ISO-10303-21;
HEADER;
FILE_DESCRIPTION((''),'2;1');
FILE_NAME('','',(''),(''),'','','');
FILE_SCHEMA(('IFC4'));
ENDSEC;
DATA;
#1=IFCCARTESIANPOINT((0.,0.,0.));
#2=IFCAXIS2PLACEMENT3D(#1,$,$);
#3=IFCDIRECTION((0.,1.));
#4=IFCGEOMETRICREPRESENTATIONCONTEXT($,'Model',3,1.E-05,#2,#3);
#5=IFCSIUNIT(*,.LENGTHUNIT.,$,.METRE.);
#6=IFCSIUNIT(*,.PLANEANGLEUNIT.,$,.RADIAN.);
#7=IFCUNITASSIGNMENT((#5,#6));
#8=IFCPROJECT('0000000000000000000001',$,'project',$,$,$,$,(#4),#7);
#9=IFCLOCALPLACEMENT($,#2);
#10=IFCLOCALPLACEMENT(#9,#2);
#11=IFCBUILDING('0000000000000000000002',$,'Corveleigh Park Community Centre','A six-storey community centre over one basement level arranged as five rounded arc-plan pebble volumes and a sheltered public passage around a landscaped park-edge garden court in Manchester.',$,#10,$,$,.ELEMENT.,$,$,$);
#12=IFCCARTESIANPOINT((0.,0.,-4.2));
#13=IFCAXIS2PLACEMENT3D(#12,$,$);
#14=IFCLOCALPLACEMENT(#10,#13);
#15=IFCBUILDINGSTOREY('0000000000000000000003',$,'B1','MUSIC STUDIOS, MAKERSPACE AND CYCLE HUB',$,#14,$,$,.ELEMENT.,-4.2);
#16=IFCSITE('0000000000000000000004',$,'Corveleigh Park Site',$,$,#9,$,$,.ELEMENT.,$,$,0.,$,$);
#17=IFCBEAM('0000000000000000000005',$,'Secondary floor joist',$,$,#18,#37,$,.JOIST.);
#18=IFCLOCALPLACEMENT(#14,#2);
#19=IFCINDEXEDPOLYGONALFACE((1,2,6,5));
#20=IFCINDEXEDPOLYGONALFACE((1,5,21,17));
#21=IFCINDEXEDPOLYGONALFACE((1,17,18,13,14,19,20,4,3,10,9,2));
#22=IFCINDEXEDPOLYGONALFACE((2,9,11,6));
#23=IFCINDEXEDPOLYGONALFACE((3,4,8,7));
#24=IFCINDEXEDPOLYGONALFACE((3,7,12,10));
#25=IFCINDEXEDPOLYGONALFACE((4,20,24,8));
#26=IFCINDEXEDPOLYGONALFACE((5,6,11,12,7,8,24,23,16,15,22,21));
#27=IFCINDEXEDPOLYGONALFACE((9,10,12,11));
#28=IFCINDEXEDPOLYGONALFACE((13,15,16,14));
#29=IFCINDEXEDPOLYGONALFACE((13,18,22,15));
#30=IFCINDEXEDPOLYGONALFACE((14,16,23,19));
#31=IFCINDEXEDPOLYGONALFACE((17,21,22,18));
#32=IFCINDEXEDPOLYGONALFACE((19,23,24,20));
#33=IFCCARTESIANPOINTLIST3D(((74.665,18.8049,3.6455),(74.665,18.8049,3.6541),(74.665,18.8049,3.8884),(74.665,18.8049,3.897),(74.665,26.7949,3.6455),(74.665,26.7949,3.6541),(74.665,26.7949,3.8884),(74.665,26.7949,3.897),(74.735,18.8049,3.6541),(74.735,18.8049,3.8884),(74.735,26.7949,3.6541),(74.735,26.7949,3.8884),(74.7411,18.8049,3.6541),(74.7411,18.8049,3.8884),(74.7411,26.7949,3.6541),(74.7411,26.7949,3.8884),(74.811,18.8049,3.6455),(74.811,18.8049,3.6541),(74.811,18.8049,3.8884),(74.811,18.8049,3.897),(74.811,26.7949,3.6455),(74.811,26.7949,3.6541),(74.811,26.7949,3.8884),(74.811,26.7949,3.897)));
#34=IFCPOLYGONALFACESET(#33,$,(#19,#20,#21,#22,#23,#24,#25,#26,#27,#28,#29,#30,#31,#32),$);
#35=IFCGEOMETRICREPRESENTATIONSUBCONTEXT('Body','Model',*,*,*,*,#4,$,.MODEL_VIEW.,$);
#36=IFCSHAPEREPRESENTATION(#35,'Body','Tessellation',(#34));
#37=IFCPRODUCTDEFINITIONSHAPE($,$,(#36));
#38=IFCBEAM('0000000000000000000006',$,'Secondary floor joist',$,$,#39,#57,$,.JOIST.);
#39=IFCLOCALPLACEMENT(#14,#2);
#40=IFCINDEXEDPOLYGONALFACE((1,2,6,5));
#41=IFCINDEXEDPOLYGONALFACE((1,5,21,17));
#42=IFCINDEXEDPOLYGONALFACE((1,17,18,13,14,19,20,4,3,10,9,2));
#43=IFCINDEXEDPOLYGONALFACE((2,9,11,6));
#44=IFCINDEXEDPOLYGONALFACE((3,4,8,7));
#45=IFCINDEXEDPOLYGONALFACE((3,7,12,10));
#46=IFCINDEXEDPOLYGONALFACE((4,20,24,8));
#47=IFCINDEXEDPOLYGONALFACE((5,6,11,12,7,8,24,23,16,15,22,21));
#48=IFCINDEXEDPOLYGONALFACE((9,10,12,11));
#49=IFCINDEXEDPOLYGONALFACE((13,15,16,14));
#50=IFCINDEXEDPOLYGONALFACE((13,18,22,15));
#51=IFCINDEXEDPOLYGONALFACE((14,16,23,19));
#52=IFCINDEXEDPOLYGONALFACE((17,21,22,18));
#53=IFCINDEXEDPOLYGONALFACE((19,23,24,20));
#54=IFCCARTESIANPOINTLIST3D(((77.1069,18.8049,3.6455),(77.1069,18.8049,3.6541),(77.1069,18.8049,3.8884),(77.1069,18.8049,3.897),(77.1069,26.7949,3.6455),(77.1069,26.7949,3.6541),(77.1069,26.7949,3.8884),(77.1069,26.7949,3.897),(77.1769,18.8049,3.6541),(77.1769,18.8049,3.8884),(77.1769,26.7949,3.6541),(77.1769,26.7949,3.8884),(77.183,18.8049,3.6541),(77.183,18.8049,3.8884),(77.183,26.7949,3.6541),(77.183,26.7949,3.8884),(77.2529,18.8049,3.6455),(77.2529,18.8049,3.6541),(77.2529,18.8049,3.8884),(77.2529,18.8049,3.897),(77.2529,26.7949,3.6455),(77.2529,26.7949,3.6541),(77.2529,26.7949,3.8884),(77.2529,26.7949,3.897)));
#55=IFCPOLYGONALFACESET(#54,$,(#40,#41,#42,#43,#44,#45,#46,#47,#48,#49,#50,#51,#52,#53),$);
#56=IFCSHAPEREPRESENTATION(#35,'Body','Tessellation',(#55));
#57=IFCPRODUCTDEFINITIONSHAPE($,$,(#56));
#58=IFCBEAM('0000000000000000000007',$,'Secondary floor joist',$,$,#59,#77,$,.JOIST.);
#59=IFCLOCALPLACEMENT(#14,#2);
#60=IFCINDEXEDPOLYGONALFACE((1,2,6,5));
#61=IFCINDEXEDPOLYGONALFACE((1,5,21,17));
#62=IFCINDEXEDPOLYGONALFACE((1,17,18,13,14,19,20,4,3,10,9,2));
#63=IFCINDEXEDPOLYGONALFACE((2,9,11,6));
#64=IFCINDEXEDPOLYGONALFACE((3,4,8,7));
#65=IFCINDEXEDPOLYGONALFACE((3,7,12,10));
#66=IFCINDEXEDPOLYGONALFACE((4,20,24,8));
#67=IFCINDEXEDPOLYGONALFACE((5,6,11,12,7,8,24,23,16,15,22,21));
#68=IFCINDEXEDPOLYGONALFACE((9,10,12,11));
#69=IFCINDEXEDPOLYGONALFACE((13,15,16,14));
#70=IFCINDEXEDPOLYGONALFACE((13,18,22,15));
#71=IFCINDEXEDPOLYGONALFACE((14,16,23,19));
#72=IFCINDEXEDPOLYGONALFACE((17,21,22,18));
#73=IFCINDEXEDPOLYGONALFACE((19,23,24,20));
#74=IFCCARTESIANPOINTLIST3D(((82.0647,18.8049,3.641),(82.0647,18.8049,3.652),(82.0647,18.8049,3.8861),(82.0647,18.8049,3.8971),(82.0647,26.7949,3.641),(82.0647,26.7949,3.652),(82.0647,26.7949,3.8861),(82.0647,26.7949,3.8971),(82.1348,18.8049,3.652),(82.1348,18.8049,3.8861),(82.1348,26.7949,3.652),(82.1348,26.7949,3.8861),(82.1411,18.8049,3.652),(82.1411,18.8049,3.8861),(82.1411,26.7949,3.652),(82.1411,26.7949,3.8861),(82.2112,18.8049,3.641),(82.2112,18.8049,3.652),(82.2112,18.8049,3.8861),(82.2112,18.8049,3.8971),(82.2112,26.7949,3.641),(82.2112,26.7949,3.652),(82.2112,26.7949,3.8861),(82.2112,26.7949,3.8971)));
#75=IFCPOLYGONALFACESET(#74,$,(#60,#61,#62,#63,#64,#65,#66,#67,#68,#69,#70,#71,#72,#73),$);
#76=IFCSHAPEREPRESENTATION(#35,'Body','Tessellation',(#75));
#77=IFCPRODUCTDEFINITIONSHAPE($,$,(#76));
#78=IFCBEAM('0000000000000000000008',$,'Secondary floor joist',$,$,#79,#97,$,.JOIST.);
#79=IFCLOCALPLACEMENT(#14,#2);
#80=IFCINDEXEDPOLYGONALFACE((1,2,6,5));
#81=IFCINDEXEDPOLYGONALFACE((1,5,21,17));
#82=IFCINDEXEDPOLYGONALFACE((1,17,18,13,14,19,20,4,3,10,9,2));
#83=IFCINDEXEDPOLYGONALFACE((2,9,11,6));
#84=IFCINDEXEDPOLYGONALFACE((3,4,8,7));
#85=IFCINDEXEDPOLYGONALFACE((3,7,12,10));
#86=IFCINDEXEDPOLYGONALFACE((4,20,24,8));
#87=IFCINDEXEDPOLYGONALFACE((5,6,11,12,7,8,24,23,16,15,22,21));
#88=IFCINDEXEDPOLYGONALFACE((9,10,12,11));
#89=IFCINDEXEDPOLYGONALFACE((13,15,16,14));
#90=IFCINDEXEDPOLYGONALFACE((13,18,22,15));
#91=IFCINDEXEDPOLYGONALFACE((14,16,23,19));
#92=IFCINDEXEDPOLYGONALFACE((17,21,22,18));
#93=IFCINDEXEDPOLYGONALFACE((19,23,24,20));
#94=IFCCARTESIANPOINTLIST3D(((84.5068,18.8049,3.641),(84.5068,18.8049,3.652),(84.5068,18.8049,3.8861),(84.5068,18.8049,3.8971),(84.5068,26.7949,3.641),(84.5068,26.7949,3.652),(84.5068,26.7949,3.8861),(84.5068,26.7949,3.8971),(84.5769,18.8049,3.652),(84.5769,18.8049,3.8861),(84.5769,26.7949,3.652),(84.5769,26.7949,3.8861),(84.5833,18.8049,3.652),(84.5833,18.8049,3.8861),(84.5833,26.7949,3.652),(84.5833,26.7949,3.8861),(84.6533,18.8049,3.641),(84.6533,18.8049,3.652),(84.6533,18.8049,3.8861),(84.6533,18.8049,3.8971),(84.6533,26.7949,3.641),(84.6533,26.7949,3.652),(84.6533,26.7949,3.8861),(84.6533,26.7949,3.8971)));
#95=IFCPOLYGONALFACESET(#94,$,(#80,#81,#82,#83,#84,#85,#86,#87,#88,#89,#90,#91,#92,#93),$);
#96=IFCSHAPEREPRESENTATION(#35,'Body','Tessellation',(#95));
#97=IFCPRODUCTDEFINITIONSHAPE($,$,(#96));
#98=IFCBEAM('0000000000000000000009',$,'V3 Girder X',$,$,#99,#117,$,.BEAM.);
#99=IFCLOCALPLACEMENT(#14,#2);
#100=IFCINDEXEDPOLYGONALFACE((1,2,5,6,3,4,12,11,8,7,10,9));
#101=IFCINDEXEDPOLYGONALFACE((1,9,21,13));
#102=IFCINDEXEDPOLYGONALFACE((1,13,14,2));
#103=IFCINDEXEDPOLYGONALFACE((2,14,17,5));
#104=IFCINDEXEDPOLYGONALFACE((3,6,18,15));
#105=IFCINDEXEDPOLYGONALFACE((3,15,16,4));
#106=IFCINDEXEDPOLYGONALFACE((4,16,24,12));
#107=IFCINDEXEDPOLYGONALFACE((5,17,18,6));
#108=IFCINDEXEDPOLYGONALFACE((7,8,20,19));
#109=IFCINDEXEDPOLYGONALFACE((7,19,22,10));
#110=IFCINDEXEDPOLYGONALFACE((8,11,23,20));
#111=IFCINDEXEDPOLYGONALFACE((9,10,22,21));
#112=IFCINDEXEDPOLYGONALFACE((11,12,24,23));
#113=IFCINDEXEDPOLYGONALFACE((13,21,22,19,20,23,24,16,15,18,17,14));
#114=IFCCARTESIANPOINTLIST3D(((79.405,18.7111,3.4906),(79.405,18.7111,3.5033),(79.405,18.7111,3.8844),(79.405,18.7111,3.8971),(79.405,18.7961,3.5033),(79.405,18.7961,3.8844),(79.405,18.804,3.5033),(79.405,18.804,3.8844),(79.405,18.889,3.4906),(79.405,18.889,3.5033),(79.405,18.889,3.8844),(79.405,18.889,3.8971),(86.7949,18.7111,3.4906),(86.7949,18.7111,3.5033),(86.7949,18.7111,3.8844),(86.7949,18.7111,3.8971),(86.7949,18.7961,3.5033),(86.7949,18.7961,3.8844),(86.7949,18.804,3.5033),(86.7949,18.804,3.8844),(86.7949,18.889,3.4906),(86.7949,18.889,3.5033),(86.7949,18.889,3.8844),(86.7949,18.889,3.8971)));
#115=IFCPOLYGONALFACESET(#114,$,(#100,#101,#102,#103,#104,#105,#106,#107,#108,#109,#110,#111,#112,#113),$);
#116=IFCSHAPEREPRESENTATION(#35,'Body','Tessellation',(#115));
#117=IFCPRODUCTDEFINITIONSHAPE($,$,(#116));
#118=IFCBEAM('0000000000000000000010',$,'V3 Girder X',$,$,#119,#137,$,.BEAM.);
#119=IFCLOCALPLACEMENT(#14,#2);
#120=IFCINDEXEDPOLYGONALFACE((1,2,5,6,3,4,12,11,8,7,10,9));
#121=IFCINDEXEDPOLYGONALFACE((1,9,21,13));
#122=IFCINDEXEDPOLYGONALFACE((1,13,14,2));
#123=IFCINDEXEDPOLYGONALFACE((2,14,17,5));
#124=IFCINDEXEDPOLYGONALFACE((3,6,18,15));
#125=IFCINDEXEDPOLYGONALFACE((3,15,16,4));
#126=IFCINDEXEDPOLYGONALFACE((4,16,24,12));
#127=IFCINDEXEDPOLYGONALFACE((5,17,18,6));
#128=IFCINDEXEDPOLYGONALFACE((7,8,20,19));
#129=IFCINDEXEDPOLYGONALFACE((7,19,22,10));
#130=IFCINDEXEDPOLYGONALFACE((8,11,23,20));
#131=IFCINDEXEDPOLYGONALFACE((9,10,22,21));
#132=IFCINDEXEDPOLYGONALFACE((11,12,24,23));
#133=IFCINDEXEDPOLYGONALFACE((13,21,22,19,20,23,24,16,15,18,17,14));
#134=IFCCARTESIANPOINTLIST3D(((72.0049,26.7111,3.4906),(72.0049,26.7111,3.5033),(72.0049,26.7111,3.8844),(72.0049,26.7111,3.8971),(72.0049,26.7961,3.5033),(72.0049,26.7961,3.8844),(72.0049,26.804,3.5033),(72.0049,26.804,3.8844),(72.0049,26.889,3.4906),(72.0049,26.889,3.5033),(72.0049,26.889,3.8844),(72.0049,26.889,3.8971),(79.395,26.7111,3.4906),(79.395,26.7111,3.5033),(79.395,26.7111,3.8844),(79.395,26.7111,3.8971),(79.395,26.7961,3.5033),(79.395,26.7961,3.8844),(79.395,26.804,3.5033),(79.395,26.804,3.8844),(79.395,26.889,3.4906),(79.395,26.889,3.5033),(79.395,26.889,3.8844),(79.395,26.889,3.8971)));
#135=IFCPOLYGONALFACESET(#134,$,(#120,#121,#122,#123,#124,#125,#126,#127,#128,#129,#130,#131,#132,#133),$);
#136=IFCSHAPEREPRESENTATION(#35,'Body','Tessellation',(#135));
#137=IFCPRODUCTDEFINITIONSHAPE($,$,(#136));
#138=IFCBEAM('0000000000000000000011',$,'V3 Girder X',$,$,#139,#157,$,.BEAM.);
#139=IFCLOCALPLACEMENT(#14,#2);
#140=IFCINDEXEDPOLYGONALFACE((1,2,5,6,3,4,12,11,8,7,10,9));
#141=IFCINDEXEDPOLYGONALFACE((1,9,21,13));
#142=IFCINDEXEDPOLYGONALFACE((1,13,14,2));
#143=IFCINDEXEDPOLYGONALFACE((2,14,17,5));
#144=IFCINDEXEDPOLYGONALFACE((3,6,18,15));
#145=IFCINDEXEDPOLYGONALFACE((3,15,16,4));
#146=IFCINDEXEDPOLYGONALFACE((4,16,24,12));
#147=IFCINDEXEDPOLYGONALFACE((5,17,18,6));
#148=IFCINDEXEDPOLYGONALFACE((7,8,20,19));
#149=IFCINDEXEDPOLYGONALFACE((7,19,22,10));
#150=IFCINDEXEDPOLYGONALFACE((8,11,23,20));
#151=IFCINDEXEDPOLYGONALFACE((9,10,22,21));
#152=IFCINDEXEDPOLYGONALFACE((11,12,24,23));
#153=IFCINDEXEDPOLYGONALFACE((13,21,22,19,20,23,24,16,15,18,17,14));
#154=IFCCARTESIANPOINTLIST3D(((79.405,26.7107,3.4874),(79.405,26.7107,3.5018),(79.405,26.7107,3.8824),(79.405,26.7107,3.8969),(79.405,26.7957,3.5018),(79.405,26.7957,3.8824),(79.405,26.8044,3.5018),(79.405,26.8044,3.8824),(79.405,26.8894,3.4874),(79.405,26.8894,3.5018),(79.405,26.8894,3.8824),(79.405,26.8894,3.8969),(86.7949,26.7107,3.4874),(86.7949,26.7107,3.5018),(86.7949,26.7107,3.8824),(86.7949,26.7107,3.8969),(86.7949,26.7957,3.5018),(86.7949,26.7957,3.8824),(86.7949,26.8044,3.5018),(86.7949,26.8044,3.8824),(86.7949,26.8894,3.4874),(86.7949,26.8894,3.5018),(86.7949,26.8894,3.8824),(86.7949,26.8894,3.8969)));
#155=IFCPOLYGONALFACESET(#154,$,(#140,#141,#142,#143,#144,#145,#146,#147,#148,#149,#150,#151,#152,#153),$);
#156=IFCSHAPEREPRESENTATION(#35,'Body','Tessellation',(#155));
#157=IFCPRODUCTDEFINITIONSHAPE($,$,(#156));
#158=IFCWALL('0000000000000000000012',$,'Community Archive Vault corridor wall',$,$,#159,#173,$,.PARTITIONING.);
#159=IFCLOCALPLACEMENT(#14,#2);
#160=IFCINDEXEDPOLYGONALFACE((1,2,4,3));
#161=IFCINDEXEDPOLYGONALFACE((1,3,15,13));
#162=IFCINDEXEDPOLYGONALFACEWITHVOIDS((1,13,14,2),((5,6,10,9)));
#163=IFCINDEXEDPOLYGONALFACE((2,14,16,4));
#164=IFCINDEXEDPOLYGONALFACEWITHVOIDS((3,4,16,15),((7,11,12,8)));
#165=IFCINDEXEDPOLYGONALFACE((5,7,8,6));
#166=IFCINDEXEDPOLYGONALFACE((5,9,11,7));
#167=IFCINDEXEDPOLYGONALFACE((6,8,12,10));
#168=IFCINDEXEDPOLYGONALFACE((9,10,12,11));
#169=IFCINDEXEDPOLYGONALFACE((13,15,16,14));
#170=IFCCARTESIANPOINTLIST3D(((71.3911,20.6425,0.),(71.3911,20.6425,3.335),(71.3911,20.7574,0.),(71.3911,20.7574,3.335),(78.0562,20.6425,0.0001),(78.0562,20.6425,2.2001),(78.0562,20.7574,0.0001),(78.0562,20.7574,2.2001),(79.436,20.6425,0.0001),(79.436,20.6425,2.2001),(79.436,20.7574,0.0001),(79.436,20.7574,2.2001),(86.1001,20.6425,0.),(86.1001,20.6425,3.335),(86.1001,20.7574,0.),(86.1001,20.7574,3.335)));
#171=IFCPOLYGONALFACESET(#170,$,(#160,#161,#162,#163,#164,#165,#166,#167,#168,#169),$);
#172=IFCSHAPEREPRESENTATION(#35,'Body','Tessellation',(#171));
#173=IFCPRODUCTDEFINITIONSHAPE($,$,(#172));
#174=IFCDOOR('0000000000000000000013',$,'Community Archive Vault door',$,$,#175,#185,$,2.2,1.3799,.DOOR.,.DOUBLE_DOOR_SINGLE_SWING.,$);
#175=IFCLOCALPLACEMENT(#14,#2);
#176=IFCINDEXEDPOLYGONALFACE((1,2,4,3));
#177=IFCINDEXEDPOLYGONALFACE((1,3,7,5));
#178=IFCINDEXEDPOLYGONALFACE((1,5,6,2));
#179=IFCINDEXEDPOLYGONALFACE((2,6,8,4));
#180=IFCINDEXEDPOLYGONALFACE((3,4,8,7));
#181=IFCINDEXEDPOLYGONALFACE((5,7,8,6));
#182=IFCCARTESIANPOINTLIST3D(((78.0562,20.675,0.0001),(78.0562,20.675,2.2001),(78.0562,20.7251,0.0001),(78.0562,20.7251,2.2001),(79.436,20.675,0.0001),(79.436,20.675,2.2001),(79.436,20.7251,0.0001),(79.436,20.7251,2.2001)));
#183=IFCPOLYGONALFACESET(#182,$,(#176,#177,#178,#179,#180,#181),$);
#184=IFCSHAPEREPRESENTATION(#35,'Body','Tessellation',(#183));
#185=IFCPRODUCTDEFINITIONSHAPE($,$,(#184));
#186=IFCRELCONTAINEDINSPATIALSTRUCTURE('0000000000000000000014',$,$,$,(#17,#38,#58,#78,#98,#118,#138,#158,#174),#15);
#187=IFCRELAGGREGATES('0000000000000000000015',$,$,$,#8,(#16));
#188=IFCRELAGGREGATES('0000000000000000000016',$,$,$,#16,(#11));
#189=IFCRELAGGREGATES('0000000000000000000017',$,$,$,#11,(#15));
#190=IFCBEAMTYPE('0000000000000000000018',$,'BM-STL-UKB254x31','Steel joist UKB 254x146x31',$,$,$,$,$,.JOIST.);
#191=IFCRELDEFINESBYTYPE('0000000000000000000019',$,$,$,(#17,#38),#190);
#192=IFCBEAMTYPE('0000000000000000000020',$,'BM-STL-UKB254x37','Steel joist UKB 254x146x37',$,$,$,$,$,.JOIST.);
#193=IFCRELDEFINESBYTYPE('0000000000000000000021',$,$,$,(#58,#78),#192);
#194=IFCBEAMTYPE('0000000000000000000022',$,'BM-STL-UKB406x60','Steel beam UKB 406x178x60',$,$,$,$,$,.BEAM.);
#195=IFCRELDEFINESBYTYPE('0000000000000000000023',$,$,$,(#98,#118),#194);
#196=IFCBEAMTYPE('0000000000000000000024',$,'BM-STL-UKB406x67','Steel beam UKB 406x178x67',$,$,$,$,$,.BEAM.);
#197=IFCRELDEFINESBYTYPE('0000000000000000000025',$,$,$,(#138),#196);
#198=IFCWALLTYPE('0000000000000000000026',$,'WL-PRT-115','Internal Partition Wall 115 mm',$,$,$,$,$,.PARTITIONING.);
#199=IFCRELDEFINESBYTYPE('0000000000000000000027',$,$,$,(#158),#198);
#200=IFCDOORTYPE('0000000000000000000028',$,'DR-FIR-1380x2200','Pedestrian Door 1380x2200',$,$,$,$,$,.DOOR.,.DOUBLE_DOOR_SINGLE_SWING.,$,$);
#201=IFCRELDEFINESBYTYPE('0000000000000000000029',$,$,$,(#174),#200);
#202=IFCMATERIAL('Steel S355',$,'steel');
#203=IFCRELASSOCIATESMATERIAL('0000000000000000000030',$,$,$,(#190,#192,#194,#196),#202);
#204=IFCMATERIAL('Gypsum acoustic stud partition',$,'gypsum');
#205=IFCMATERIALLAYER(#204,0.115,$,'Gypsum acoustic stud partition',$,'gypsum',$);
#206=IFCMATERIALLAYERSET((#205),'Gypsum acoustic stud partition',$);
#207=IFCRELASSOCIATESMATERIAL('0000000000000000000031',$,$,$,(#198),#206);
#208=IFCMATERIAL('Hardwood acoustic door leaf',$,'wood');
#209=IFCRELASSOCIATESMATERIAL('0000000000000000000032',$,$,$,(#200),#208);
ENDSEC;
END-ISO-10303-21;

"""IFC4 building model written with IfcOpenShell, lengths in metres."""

from ifc_helpers import new_model, si_unit, direction, frame, frame_2d, origin, origin_2d, place, context, subcontext, project, spatial, rectangle, i_section, extrude, material, layer, layer_set, material_profile, profile_set, type_object, element, fill, save


model = new_model("IFC4")

# Units and contexts
model_context = context("Model", 3, precision=1e-05, world=origin(), true_north=direction((0.0, 1.0)))
body_context = subcontext(model_context, "Body", "Model", "MODEL_VIEW")
ifc_project = project(units=[si_unit("LENGTHUNIT", "METRE"), si_unit("PLANEANGLEUNIT", "RADIAN")], contexts=[model_context])

# Site, building, storey
site_placement = place(None, origin())
site = spatial("IfcSite", under=ifc_project, at=site_placement, Name="Corveleigh Park Site", CompositionType="ELEMENT", RefElevation=0.0)
building_placement = place(site_placement, origin())
building = spatial("IfcBuilding", under=site, at=building_placement, Name="Corveleigh Park Community Centre", Description="A six-storey community centre over one basement level arranged as five rounded arc-plan pebble volumes and a sheltered public passage around a landscaped park-edge garden court in Manchester.", CompositionType="ELEMENT")
storey_placement = place(building_placement, frame((0.0, 0.0, -4.2)))
storey = spatial("IfcBuildingStorey", under=building, at=storey_placement, Name="B1", Description="MUSIC STUDIOS, MAKERSPACE AND CYCLE HUB", CompositionType="ELEMENT", Elevation=-4.2)

# Beams
ifc_material_1 = material(Name="Steel S355", Category="steel")
ifc_material_profile_1 = material_profile(ifc_material_1, i_section(OverallWidth=0.146, OverallDepth=0.2515, WebThickness=0.0061, FlangeThickness=0.0085, at=origin_2d()), Name="UKB 254x146x31", Category="steel")
ifc_profile_set_1 = profile_set([ifc_material_profile_1], Name="Steel S355")
beam_type_1 = type_object("IfcBeamType", Name="BM-STL-UKB254x31", Description="Steel joist UKB 254x146x31", PredefinedType="JOIST", material=ifc_profile_set_1)
for number, where, z_axis, x_axis, name in (
    (1, (74.738, 18.8049, 3.7712), (0.0, 1.0, 0.0), (-1.0, 0.0, 0.0), "Secondary floor joist"),
    (2, (77.1799, 18.8049, 3.7712), (0.0, 1.0, 0.0), (-1.0, 0.0, 0.0), "Secondary floor joist"),
):
    element("IfcBeam", number, at=place(storey_placement, frame(where, z_axis=z_axis, x_axis=x_axis)), inside=storey, type_object=beam_type_1, Name=name, PredefinedType="JOIST", context=body_context, shape_type="SweptSolid", body=[
        extrude(i_section(OverallWidth=0.146, OverallDepth=0.2515, WebThickness=0.0061, FlangeThickness=0.0085, at=origin_2d()), origin(), (0.0, 0.0, 1.0), 7.99),
    ])
ifc_material_profile_2 = material_profile(ifc_material_1, i_section(OverallWidth=0.1465, OverallDepth=0.2561, WebThickness=0.0063, FlangeThickness=0.011, at=origin_2d()), Name="UKB 254x146x37", Category="steel")
ifc_profile_set_2 = profile_set([ifc_material_profile_2], Name="Steel S355")
beam_type_2 = type_object("IfcBeamType", Name="BM-STL-UKB254x37", Description="Steel joist UKB 254x146x37", PredefinedType="JOIST", material=ifc_profile_set_2)
for number, where, z_axis, x_axis, name in (
    (3, (82.1379, 18.8049, 3.769), (0.0, 1.0, 0.0), (-1.0, 0.0, 0.0), "Secondary floor joist"),
    (4, (84.5801, 18.8049, 3.769), (0.0, 1.0, 0.0), (-1.0, 0.0, 0.0), "Secondary floor joist"),
):
    element("IfcBeam", number, at=place(storey_placement, frame(where, z_axis=z_axis, x_axis=x_axis)), inside=storey, type_object=beam_type_2, Name=name, PredefinedType="JOIST", context=body_context, shape_type="SweptSolid", body=[
        extrude(i_section(OverallWidth=0.1465, OverallDepth=0.2561, WebThickness=0.0063, FlangeThickness=0.011, at=origin_2d()), origin(), (0.0, 0.0, 1.0), 7.99),
    ])
ifc_material_profile_3 = material_profile(ifc_material_1, i_section(OverallWidth=0.178, OverallDepth=0.4065, WebThickness=0.0078, FlangeThickness=0.0127, at=origin_2d()), Name="UKB 406x178x60", Category="steel")
ifc_profile_set_3 = profile_set([ifc_material_profile_3], Name="Steel S355")
beam_type_3 = type_object("IfcBeamType", Name="BM-STL-UKB406x60", Description="Steel beam UKB 406x178x60", PredefinedType="BEAM", material=ifc_profile_set_3)
beam_1_placement = place(storey_placement, frame((79.405, 18.8, 3.6938), z_axis=(1.0, 0.0, 0.0), x_axis=(0.0, 1.0, 0.0)))
element("IfcBeam", 5, at=beam_1_placement, inside=storey, type_object=beam_type_3, Name="V3 Girder X", PredefinedType="BEAM", context=body_context, shape_type="SweptSolid", body=[
    extrude(i_section(OverallWidth=0.178, OverallDepth=0.4065, WebThickness=0.0078, FlangeThickness=0.0127, at=origin_2d()), origin(), (0.0, 0.0, 1.0), 7.3899),
])
beam_2_placement = place(storey_placement, frame((72.0049, 26.8, 3.6938), z_axis=(1.0, 0.0, 0.0), x_axis=(0.0, 1.0, 0.0)))
element("IfcBeam", 6, at=beam_2_placement, inside=storey, type_object=beam_type_3, Name="V3 Girder X", PredefinedType="BEAM", context=body_context, shape_type="SweptSolid", body=[
    extrude(i_section(OverallWidth=0.178, OverallDepth=0.4065, WebThickness=0.0078, FlangeThickness=0.0127, at=origin_2d()), origin(), (0.0, 0.0, 1.0), 7.3901),
])
ifc_material_profile_4 = material_profile(ifc_material_1, i_section(OverallWidth=0.1787, OverallDepth=0.4094, WebThickness=0.0088, FlangeThickness=0.0144, at=origin_2d()), Name="UKB 406x178x67", Category="steel")
ifc_profile_set_4 = profile_set([ifc_material_profile_4], Name="Steel S355")
beam_type_4 = type_object("IfcBeamType", Name="BM-STL-UKB406x67", Description="Steel beam UKB 406x178x67", PredefinedType="BEAM", material=ifc_profile_set_4)
beam_3_placement = place(storey_placement, frame((79.405, 26.8, 3.6921), z_axis=(1.0, 0.0, 0.0), x_axis=(0.0, 1.0, 0.0)))
element("IfcBeam", 7, at=beam_3_placement, inside=storey, type_object=beam_type_4, Name="V3 Girder X", PredefinedType="BEAM", context=body_context, shape_type="SweptSolid", body=[
    extrude(i_section(OverallWidth=0.1787, OverallDepth=0.4094, WebThickness=0.0088, FlangeThickness=0.0144, at=origin_2d()), origin(), (0.0, 0.0, 1.0), 7.3899),
])

# Wall, opening, door
ifc_material_2 = material(Name="Gypsum acoustic stud partition", Category="gypsum")
ifc_layer_1 = layer(ifc_material_2, 0.115, Name="Gypsum acoustic stud partition", Category="gypsum")
ifc_layer_set_1 = layer_set([ifc_layer_1], Name="Gypsum acoustic stud partition")
wall_type_1 = type_object("IfcWallType", Name="WL-PRT-115", Description="Internal Partition Wall 115 mm", PredefinedType="PARTITIONING", material=ifc_layer_set_1)
wall_1_placement = place(storey_placement, frame((86.1001, 20.7, 0.0), z_axis=(0.0, 0.0, 1.0), x_axis=(-1.0, 0.0, 0.0)))
wall_1 = element("IfcWall", 8, at=wall_1_placement, inside=storey, type_object=wall_type_1, Name="Community Archive Vault corridor wall", PredefinedType="PARTITIONING", context=body_context, shape_type="SweptSolid", body=[
    extrude(rectangle(XDim=14.709, YDim=0.115, at=frame_2d((7.3545, 0.0))), origin(), (0.0, 0.0, 1.0), 3.335),
])
opening_placement = place(wall_1_placement, frame((6.6641, 0.0, 0.0)))
opening = element("IfcOpeningElement", 9, at=opening_placement, cuts=wall_1, PredefinedType="OPENING", context=body_context, shape_type="SweptSolid", body=[
    extrude(rectangle(XDim=1.3799, YDim=2.2, at=frame_2d((0.6899, 1.1001))), frame((0.0, 0.0674, 0.0), z_axis=(0.0, -1.0, 0.0), x_axis=(1.0, 0.0, 0.0)), (0.0, 0.0, 1.0), 0.135),
])
ifc_material_3 = material(Name="Hardwood acoustic door leaf", Category="wood")
door_type = type_object("IfcDoorType", Name="DR-FIR-1380x2200", Description="Pedestrian Door 1380x2200", OperationType="DOUBLE_DOOR_SINGLE_SWING", PredefinedType="DOOR", material=ifc_material_3)
door_placement = place(opening_placement, origin())
door = element("IfcDoor", 10, at=door_placement, inside=storey, type_object=door_type, Name="Community Archive Vault door", OperationType="DOUBLE_DOOR_SINGLE_SWING", OverallHeight=2.2, OverallWidth=1.3799, PredefinedType="DOOR", context=body_context, shape_type="SweptSolid", body=[
    extrude(rectangle(XDim=1.3799, YDim=2.2, at=frame_2d((0.6899, 1.1001))), frame((0.0, 0.0249, 0.0), z_axis=(0.0, -1.0, 0.0), x_axis=(1.0, 0.0, 0.0)), (0.0, 0.0, 1.0), 0.05),
])
fill(opening, door)

save(model, "model.ifc")
